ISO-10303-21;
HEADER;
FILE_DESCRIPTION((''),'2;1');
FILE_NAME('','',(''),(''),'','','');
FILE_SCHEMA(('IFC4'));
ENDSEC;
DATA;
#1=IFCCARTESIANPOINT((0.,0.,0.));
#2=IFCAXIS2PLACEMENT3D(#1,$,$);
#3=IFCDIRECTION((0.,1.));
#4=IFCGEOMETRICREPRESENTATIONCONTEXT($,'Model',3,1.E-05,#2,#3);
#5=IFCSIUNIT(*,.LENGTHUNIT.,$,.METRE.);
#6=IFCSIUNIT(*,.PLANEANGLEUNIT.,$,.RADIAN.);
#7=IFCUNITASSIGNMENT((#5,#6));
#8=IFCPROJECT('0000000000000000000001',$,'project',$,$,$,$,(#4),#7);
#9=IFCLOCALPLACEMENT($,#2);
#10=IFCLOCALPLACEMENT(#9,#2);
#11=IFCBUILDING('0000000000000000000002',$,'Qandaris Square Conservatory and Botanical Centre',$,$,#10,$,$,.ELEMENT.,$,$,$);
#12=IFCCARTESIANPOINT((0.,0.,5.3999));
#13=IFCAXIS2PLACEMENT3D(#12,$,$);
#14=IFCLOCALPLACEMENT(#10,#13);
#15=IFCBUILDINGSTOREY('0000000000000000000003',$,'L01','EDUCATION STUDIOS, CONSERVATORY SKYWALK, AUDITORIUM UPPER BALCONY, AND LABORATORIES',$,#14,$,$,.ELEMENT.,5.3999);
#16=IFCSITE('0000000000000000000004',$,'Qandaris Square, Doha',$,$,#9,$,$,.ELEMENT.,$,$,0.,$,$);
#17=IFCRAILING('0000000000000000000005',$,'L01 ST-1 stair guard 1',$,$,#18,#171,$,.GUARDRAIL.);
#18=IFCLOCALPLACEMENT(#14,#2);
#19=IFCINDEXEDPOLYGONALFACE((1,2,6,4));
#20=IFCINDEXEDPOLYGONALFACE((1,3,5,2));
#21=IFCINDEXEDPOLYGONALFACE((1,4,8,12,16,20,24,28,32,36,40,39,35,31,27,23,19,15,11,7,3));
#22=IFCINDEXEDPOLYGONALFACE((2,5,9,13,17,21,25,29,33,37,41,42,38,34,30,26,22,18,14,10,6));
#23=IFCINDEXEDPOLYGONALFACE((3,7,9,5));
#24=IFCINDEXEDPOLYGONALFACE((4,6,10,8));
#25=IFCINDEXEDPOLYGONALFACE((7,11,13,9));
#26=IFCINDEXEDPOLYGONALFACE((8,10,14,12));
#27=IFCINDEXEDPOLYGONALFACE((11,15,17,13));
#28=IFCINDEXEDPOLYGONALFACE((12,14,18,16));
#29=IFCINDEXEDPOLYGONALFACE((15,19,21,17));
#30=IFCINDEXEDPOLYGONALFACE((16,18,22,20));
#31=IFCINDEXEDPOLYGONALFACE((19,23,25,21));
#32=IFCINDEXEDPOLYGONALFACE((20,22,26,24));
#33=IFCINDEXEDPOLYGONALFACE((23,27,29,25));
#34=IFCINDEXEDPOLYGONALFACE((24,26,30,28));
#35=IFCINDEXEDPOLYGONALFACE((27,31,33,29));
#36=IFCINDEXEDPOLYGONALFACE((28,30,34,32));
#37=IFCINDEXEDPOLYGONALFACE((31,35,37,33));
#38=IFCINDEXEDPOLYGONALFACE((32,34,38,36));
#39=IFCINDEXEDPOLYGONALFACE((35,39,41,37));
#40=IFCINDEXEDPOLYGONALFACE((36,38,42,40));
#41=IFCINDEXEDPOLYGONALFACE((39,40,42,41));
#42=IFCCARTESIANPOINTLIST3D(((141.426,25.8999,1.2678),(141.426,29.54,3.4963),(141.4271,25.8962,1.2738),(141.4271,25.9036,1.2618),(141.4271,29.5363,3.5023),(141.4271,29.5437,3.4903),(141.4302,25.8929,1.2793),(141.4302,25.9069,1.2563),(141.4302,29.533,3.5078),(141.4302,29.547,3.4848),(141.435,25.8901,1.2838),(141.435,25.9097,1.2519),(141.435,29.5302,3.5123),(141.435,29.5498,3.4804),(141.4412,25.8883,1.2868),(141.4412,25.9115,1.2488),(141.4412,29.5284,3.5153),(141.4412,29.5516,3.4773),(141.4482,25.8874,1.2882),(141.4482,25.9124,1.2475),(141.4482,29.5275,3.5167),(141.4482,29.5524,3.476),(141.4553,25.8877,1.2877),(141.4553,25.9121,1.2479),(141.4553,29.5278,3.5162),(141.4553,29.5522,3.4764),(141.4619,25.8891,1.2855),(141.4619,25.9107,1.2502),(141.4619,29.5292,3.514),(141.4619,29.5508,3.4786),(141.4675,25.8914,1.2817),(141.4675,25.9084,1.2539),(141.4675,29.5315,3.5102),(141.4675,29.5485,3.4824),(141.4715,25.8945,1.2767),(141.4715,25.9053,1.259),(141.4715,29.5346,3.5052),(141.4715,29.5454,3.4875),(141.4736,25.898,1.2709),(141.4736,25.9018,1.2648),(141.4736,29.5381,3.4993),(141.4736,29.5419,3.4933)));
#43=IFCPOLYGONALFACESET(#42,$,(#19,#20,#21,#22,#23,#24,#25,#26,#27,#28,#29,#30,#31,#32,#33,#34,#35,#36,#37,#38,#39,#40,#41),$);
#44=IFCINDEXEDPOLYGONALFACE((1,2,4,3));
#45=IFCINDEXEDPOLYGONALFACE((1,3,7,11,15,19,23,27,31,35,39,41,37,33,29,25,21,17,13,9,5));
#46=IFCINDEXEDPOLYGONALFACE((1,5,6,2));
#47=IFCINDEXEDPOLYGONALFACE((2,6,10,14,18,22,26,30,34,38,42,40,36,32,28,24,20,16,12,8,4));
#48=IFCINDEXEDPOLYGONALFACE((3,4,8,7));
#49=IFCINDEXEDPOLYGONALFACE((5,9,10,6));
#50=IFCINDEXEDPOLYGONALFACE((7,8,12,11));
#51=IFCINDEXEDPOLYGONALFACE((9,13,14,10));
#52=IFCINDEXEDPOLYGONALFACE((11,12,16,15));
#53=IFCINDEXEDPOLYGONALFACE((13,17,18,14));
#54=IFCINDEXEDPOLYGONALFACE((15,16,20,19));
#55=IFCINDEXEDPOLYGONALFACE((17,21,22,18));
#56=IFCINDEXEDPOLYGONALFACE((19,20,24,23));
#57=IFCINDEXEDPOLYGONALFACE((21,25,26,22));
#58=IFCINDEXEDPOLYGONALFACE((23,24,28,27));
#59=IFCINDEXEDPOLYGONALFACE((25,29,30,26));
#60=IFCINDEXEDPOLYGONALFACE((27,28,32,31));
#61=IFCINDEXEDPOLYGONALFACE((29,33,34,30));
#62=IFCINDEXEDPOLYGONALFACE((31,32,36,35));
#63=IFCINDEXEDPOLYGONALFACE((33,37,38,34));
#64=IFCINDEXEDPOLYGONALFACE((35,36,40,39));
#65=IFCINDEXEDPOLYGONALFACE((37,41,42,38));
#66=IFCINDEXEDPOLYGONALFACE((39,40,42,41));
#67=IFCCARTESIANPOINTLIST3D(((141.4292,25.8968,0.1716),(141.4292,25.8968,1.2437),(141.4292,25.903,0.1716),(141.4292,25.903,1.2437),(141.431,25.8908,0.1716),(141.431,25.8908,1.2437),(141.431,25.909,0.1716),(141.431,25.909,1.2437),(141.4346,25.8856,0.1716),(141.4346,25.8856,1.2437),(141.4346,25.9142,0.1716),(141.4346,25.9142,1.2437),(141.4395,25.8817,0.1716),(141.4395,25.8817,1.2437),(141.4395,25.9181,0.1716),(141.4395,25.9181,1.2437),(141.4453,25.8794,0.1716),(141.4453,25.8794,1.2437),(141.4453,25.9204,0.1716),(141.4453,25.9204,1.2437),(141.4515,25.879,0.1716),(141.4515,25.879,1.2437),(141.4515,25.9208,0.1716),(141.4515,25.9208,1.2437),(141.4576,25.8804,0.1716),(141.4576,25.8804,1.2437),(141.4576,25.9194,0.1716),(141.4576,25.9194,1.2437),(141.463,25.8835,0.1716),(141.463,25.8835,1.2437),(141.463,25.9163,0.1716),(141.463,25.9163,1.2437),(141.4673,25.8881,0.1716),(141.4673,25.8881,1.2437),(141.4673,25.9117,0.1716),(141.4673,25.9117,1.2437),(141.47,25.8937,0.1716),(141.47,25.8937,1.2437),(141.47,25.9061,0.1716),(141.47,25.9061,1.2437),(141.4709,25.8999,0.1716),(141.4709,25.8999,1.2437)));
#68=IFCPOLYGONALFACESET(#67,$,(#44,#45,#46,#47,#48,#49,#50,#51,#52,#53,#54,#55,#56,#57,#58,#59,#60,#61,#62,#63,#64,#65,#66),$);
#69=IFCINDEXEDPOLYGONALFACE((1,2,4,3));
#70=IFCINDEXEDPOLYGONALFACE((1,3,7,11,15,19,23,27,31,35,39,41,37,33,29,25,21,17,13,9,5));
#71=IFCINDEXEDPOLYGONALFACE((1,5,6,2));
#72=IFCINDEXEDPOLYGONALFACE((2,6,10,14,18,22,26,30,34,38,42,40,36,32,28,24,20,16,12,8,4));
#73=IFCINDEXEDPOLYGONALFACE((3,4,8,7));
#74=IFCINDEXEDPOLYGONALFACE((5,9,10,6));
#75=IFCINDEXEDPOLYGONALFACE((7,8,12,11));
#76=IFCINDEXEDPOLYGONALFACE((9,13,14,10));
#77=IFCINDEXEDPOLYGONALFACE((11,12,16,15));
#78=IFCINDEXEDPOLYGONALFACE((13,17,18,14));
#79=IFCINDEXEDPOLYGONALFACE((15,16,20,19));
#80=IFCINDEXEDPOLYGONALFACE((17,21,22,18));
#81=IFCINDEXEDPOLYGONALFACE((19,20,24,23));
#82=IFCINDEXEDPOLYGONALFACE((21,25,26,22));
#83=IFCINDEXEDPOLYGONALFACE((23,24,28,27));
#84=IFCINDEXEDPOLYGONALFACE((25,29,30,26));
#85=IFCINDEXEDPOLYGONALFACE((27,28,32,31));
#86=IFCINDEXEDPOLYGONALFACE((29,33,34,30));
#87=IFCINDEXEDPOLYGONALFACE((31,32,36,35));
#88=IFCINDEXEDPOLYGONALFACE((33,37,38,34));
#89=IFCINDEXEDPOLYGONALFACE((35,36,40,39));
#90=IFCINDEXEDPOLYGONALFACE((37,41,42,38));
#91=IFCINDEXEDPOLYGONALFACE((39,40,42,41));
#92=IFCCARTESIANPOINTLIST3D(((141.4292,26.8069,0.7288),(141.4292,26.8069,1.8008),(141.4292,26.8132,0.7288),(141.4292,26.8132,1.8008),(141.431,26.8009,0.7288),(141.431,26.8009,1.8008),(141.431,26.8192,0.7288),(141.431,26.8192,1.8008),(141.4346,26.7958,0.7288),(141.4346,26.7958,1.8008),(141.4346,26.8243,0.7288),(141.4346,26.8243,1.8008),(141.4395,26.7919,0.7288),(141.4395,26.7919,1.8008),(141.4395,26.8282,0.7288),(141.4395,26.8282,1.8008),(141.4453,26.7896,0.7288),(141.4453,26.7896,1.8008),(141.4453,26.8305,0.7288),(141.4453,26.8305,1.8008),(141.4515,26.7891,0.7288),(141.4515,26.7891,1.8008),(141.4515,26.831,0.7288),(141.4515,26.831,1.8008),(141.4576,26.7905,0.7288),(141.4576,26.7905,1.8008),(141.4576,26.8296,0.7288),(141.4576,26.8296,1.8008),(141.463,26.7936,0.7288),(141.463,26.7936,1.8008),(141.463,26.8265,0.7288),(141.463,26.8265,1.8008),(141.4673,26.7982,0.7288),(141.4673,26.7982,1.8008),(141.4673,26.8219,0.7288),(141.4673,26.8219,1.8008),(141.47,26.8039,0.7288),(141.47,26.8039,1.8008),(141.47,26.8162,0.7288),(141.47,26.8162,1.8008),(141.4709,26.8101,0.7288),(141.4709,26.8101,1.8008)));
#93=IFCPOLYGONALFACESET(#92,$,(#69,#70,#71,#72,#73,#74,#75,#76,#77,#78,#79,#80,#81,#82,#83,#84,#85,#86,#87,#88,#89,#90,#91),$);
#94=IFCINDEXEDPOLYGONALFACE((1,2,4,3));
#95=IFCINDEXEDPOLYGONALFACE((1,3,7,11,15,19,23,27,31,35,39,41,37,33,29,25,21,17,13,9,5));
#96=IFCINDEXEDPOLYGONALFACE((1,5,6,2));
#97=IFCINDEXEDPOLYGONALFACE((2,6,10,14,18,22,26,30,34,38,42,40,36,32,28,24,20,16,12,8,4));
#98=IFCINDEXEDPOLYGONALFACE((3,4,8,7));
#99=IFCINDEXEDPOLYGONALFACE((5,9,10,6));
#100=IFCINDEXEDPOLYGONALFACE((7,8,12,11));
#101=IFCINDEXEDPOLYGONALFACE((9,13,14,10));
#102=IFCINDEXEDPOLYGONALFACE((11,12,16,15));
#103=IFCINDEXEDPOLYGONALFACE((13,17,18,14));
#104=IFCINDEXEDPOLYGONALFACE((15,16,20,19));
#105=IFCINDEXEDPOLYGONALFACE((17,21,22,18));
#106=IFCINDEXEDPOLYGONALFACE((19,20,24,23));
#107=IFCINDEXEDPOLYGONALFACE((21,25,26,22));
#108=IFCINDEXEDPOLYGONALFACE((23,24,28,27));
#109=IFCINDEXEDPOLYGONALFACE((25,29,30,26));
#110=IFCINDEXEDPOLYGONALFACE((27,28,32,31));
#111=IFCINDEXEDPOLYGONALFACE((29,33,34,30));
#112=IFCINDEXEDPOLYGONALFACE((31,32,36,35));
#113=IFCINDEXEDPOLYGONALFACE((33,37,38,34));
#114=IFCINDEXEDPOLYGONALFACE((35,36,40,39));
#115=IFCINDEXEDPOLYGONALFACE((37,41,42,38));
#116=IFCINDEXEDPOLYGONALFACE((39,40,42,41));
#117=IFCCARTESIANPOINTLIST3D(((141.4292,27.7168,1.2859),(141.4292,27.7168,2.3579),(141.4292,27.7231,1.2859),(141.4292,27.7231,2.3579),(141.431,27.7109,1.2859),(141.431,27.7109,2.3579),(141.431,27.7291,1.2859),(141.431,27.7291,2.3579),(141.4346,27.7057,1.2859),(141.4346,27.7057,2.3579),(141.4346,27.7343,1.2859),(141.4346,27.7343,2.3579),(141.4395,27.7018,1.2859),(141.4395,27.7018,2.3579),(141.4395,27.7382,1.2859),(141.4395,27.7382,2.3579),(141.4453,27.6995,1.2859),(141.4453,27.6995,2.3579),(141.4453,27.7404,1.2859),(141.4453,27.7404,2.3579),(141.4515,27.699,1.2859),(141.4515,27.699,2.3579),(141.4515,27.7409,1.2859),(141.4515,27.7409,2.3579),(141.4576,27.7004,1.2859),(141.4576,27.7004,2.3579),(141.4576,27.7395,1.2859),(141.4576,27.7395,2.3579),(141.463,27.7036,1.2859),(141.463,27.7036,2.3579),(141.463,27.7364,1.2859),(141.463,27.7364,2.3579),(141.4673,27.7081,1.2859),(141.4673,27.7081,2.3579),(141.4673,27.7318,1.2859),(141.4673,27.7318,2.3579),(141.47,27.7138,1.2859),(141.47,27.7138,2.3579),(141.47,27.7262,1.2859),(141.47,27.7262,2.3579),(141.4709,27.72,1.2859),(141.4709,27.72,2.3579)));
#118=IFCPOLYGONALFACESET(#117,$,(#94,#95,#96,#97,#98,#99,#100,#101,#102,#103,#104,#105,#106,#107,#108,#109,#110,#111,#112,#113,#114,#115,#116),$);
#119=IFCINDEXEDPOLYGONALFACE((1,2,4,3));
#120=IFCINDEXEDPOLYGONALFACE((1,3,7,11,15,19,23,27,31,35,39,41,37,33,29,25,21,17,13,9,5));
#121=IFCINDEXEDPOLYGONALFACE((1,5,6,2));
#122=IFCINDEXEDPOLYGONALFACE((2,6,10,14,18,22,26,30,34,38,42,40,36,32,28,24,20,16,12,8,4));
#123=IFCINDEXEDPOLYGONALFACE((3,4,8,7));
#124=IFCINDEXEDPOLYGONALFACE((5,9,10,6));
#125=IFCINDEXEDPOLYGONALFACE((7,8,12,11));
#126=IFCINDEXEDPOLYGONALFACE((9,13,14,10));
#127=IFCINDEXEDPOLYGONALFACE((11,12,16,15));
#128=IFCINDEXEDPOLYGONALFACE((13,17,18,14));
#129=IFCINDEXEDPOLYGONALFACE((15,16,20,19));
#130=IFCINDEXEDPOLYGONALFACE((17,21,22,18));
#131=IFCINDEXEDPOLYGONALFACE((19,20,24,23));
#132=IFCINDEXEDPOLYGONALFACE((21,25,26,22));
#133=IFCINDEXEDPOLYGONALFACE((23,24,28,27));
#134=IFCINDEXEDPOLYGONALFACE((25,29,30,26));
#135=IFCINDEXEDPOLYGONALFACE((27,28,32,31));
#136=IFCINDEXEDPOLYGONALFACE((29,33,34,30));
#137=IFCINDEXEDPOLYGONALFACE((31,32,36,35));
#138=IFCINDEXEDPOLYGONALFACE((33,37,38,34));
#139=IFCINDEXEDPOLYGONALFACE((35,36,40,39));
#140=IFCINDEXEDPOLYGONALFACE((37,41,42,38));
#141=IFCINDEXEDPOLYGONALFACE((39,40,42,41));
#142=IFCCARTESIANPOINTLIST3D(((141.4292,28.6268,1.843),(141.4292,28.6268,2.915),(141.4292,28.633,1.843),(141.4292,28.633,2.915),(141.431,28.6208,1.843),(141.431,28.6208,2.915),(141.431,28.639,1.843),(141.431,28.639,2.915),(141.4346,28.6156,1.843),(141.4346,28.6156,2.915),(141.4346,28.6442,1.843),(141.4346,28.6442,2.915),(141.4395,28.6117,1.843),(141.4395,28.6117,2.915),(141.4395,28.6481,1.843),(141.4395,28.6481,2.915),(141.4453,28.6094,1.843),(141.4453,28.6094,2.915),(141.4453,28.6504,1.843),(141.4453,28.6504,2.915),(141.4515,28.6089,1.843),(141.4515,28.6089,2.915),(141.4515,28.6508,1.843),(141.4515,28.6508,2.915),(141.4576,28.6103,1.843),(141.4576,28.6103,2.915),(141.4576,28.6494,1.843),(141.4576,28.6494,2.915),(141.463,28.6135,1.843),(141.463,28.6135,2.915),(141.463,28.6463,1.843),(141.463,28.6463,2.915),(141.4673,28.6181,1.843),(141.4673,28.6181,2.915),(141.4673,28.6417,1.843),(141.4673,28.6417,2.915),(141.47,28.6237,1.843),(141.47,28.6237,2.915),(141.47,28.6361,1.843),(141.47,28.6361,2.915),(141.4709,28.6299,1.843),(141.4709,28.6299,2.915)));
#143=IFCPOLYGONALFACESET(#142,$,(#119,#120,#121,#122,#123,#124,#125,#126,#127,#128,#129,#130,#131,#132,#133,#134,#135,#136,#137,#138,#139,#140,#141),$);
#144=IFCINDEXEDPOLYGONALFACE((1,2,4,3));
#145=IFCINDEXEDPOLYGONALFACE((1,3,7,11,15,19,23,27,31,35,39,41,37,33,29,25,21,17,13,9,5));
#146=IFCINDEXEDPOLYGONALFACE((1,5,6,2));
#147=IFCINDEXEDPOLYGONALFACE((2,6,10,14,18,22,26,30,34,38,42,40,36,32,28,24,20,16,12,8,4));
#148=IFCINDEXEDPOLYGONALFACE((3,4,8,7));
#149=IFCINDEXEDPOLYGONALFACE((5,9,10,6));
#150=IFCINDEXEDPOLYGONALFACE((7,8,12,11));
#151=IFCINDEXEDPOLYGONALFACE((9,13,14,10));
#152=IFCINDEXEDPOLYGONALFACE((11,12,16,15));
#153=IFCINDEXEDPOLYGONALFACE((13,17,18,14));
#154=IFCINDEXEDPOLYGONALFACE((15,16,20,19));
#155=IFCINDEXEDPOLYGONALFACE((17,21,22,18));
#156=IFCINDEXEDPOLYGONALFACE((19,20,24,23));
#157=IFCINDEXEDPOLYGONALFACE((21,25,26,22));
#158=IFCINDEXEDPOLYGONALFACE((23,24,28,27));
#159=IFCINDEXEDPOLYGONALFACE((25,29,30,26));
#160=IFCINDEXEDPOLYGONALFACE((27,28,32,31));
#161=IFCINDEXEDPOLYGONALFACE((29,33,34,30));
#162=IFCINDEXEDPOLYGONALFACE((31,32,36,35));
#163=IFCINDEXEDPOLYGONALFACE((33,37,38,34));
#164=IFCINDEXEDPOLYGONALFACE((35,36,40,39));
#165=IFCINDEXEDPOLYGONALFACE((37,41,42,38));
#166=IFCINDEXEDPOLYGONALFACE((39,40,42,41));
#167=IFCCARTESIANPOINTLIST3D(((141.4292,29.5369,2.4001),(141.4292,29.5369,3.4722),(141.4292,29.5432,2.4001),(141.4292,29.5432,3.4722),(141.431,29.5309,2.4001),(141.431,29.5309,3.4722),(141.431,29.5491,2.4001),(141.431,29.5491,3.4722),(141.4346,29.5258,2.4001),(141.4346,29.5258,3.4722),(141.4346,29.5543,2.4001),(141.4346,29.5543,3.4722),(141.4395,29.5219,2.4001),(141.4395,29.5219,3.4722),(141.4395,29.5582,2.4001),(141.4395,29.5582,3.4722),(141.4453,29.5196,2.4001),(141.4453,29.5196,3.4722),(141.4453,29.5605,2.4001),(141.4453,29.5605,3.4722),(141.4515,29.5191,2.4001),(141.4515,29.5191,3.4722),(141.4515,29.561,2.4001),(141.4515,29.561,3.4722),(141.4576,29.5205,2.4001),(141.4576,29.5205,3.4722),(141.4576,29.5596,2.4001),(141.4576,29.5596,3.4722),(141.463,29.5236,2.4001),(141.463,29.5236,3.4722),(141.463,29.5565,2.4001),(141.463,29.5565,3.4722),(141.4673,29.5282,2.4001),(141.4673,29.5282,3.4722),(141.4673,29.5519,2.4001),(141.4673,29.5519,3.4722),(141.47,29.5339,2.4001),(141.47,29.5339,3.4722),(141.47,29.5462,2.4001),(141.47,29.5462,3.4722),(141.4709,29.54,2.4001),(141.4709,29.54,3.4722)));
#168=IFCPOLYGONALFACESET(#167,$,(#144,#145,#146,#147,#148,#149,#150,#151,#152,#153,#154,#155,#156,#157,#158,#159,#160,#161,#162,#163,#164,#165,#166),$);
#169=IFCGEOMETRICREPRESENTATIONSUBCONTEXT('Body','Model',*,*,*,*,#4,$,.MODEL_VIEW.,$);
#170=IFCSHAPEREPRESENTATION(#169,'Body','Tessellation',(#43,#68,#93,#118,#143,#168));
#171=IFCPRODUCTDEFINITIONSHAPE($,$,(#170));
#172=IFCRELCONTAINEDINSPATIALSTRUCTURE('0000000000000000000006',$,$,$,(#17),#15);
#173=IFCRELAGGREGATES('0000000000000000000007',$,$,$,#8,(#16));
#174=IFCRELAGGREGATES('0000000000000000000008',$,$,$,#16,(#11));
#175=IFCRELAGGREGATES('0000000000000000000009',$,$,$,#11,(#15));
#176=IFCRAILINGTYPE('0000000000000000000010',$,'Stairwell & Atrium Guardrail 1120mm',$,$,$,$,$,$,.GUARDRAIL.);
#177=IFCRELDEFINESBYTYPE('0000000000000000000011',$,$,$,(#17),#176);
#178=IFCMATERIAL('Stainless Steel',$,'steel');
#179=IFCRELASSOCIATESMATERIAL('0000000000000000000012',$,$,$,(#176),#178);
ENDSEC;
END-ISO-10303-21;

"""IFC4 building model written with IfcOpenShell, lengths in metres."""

from ifc_helpers import new_model, si_unit, direction, frame, origin, origin_2d, place, context, subcontext, project, spatial, circle, extrude, material, type_object, element, save


model = new_model("IFC4")

# Units and contexts
model_context = context("Model", 3, precision=1e-05, world=origin(), true_north=direction((0.0, 1.0)))
body_context = subcontext(model_context, "Body", "Model", "MODEL_VIEW")
ifc_project = project(units=[si_unit("LENGTHUNIT", "METRE"), si_unit("PLANEANGLEUNIT", "RADIAN")], contexts=[model_context])

# Site, building, storey
site_placement = place(None, origin())
site = spatial("IfcSite", under=ifc_project, at=site_placement, Name="Qandaris Square, Doha", CompositionType="ELEMENT", RefElevation=0.0)
building_placement = place(site_placement, origin())
building = spatial("IfcBuilding", under=site, at=building_placement, Name="Qandaris Square Conservatory and Botanical Centre", CompositionType="ELEMENT")
storey_placement = place(building_placement, frame((0.0, 0.0, 5.3999)))
storey = spatial("IfcBuildingStorey", under=building, at=storey_placement, Name="L01", Description="EDUCATION STUDIOS, CONSERVATORY SKYWALK, AUDITORIUM UPPER BALCONY, AND LABORATORIES", CompositionType="ELEMENT", Elevation=5.3999)

# Railing
ifc_material_1 = material(Name="Stainless Steel", Category="steel")
railing_type_1 = type_object("IfcRailingType", Name="Stairwell & Atrium Guardrail 1120mm", PredefinedType="GUARDRAIL", material=ifc_material_1)
railing_1_placement = place(storey_placement, frame((141.45, 25.8999, 0.1716)))
element("IfcRailing", 1, at=railing_1_placement, inside=storey, type_object=railing_type_1, Name="L01 ST-1 stair guard 1", PredefinedType="GUARDRAIL", context=body_context, shape_type="SweptSolid", body=[
    extrude(circle(Radius=0.0239, at=origin_2d()), frame((0.0, 0.0, 1.0962), z_axis=(0.0, 0.852866, 0.52213), x_axis=(-1.0, 0.0, 0.0)), (0.0, 0.0, 1.0), 4.2681),
    extrude(circle(Radius=0.021, at=origin_2d()), origin(), (0.0, 0.0, 1.0), 1.072),
    extrude(circle(Radius=0.021, at=origin_2d()), frame((0.0, 0.9102, 0.5571)), (0.0, 0.0, 1.0), 1.072),
    extrude(circle(Radius=0.021, at=origin_2d()), frame((0.0, 1.8201, 1.1143)), (0.0, 0.0, 1.0), 1.072),
    extrude(circle(Radius=0.021, at=origin_2d()), frame((0.0, 2.73, 1.6714)), (0.0, 0.0, 1.0), 1.072),
    extrude(circle(Radius=0.021, at=origin_2d()), frame((0.0, 3.6401, 2.2285)), (0.0, 0.0, 1.0), 1.072),
])

save(model, "model.ifc")
